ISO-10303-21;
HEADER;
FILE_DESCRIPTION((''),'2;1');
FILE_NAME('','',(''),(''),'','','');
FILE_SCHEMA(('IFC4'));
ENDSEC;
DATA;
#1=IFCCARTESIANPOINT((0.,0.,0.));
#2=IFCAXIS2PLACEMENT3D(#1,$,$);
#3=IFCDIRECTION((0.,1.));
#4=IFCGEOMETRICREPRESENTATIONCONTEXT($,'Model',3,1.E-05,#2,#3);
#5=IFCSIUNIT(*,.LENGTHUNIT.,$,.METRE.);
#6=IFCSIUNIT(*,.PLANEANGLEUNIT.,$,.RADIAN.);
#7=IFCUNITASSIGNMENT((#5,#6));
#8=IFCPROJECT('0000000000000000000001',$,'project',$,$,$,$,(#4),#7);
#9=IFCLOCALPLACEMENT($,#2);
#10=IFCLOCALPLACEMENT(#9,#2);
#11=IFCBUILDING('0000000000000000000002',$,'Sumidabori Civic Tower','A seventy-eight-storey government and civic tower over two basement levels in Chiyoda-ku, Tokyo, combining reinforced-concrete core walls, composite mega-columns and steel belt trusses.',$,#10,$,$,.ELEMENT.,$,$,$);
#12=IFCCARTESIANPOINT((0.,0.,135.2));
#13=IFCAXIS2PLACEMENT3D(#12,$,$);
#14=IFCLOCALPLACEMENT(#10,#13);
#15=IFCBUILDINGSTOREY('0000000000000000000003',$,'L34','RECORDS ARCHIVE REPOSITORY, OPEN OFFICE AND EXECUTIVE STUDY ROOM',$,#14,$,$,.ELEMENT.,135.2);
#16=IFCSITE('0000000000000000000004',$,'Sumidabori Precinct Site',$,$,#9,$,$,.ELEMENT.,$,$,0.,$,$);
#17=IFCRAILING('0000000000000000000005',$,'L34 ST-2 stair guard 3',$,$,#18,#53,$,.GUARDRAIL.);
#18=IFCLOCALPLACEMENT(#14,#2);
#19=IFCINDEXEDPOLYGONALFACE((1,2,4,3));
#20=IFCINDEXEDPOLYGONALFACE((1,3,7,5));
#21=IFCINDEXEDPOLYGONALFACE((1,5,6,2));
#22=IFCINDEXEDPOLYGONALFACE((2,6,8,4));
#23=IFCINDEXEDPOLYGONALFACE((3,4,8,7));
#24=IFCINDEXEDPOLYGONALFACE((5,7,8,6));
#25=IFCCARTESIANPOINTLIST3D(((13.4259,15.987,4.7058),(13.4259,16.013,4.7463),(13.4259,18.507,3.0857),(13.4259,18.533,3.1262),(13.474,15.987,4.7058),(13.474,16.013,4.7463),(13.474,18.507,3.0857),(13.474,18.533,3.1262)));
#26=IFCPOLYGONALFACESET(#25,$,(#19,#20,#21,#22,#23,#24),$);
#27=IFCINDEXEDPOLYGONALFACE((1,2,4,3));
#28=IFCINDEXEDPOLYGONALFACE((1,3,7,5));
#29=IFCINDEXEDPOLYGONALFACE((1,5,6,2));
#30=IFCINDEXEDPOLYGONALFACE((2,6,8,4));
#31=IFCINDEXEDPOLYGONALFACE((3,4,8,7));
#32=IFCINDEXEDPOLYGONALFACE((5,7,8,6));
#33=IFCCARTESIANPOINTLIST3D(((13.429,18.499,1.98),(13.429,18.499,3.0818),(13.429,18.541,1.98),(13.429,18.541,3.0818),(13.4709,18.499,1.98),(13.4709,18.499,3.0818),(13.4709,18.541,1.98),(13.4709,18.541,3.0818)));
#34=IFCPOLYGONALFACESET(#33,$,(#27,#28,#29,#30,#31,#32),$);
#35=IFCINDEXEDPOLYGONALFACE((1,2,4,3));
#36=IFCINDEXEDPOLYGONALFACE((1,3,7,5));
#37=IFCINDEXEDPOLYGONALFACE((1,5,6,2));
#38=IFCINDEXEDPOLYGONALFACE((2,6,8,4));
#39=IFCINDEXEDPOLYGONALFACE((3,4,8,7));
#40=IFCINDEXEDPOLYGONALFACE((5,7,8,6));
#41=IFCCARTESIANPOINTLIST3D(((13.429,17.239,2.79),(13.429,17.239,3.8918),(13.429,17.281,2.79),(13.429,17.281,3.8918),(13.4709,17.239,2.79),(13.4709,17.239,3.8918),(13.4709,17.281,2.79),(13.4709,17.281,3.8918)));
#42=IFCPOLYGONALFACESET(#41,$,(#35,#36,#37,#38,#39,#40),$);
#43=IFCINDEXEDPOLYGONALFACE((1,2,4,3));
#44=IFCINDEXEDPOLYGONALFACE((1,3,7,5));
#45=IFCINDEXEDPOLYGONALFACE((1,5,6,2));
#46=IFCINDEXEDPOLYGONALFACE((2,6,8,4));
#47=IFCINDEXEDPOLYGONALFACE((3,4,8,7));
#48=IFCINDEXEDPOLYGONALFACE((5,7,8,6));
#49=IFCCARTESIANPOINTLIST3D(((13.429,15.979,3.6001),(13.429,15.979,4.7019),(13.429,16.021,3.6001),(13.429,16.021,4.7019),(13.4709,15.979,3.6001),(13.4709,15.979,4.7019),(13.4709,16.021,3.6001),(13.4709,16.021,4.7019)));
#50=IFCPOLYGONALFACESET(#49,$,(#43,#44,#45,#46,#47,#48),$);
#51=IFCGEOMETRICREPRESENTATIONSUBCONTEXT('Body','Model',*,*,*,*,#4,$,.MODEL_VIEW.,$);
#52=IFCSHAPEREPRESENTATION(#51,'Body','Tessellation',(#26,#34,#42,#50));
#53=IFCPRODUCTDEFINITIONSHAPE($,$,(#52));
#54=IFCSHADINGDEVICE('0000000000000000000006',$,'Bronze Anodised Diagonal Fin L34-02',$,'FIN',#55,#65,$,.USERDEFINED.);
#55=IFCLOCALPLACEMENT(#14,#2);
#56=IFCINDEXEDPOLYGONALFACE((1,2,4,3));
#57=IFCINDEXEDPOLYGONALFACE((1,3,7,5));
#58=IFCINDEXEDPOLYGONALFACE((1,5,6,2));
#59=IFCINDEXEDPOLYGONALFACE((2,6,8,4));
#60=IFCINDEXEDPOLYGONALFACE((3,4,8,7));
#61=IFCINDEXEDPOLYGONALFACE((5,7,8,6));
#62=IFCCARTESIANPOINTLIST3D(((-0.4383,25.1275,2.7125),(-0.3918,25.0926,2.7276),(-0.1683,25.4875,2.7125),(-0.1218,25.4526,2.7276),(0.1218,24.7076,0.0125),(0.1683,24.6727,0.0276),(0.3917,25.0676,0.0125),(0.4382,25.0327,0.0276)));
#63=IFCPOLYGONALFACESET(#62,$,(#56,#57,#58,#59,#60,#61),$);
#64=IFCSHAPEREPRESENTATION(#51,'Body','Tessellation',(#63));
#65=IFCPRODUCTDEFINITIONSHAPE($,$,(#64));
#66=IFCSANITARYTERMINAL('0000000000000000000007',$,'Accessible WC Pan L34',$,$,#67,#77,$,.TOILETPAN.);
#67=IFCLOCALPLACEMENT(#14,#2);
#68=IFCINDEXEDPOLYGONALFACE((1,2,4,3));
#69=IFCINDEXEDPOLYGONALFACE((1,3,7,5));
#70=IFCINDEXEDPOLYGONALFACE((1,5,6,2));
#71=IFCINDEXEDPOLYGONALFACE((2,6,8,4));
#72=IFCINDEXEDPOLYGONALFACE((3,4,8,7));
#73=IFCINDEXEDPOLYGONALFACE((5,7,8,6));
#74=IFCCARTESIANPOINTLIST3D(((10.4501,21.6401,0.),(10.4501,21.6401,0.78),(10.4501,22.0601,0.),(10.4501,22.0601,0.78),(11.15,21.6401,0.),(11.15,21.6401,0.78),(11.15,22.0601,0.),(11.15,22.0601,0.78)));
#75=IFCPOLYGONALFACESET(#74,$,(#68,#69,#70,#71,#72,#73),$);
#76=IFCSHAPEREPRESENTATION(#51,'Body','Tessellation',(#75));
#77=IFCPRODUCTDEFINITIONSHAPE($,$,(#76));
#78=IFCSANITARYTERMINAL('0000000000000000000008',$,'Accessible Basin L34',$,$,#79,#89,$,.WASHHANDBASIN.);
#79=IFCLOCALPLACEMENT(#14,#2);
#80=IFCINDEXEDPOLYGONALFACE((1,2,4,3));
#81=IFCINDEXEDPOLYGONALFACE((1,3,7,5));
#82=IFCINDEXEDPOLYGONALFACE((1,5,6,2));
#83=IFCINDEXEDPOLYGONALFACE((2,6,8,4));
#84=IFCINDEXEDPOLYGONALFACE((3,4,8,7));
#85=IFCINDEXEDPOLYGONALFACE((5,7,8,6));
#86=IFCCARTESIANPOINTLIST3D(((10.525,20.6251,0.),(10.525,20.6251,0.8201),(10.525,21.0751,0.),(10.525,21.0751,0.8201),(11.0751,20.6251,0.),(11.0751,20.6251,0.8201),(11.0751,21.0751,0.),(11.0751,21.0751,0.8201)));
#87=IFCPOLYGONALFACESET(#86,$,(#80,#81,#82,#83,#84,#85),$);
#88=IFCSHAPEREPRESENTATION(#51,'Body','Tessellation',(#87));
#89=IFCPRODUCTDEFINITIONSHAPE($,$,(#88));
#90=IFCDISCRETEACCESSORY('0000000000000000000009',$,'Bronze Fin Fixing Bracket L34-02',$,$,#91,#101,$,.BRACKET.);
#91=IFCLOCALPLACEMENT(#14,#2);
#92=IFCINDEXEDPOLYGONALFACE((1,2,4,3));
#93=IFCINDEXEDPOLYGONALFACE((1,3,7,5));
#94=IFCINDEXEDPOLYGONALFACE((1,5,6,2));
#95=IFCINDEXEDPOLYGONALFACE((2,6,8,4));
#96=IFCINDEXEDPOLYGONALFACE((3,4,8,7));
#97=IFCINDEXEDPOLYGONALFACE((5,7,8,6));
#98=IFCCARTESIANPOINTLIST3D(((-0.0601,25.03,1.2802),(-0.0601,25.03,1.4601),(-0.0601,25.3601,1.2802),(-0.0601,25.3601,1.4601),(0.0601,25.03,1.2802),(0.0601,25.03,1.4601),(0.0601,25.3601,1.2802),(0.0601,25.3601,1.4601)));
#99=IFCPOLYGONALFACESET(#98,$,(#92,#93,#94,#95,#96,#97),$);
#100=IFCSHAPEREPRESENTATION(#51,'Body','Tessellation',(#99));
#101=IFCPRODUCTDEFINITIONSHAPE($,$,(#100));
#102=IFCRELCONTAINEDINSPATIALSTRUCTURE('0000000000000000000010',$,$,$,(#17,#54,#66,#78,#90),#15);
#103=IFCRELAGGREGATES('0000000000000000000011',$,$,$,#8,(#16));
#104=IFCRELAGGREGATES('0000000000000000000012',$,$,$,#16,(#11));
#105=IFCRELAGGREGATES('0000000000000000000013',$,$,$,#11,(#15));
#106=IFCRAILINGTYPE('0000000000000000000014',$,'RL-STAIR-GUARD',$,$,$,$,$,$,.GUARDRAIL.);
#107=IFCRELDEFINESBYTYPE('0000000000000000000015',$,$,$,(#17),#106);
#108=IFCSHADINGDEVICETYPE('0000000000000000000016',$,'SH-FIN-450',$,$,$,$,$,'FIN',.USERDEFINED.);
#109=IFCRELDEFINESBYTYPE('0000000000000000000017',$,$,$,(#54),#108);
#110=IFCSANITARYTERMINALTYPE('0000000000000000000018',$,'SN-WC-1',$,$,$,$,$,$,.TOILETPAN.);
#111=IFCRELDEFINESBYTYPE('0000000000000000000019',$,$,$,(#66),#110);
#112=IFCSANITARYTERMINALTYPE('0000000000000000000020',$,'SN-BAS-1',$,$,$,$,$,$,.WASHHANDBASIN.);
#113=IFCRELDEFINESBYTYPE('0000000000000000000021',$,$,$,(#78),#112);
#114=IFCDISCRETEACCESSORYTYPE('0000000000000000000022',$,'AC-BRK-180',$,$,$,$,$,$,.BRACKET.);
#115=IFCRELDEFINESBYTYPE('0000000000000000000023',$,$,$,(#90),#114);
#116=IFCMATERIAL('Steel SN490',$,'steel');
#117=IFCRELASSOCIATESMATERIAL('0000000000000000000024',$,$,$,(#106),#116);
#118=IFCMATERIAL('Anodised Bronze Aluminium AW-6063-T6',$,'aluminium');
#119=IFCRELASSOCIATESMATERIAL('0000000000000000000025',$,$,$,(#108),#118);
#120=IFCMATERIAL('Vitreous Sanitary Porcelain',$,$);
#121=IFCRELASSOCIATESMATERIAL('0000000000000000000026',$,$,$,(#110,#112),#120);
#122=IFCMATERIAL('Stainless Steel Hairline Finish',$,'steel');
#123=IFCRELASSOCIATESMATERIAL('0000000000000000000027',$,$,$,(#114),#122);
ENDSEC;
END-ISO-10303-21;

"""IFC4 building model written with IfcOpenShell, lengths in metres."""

from ifc_helpers import new_model, si_unit, direction, frame, origin, origin_2d, place, context, subcontext, project, spatial, rectangle, extrude, source, transform, mapped, material, material_profile, profile_set, type_object, element, save


model = new_model("IFC4")

# Units and contexts
model_context = context("Model", 3, precision=1e-05, world=origin(), true_north=direction((0.0, 1.0)))
body_context = subcontext(model_context, "Body", "Model", "MODEL_VIEW")
ifc_project = project(units=[si_unit("LENGTHUNIT", "METRE"), si_unit("PLANEANGLEUNIT", "RADIAN")], contexts=[model_context])

# Site, building, storey
site_placement = place(None, origin())
site = spatial("IfcSite", under=ifc_project, at=site_placement, Name="Sumidabori Precinct Site", CompositionType="ELEMENT", RefElevation=0.0)
building_placement = place(site_placement, origin())
building = spatial("IfcBuilding", under=site, at=building_placement, Name="Sumidabori Civic Tower", Description="A seventy-eight-storey government and civic tower over two basement levels in Chiyoda-ku, Tokyo, combining reinforced-concrete core walls, composite mega-columns and steel belt trusses.", CompositionType="ELEMENT")
storey_placement = place(building_placement, frame((0.0, 0.0, 135.2)))
storey = spatial("IfcBuildingStorey", under=building, at=storey_placement, Name="L34", Description="RECORDS ARCHIVE REPOSITORY, OPEN OFFICE AND EXECUTIVE STUDY ROOM", CompositionType="ELEMENT", Elevation=135.2)

# Shared definitions
ifc_material_1 = material(Name="Steel SN490", Category="steel")

# Shared definitions
ifc_material_2 = material(Name="Anodised Bronze Aluminium AW-6063-T6", Category="aluminium")

# Railing
ifc_material_3 = material(Name="Stainless Steel Hairline Finish", Category="steel")
railing_type_1 = type_object("IfcRailingType", Name="RL-STAIR-GUARD", PredefinedType="GUARDRAIL", material=ifc_material_1)
railing_1_placement = place(storey_placement, frame((13.45, 18.52, 1.98)))
element("IfcRailing", 1, at=railing_1_placement, inside=storey, type_object=railing_type_1, Name="L34 ST-2 stair guard 3", PredefinedType="GUARDRAIL", context=body_context, shape_type="SweptSolid", body=[
    extrude(rectangle(XDim=0.0481, YDim=0.0481, at=origin_2d()), frame((0.0, 0.0, 1.126), z_axis=(0.0, -0.841163, 0.540782), x_axis=(1.0, 0.0, 0.0)), (0.0, 0.0, 1.0), 2.9958),
    extrude(rectangle(XDim=0.042, YDim=0.042, at=origin_2d()), origin(), (0.0, 0.0, 1.0), 1.1018),
    extrude(rectangle(XDim=0.042, YDim=0.042, at=origin_2d()), frame((0.0, -1.26, 0.8101)), (0.0, 0.0, 1.0), 1.1018),
    extrude(rectangle(XDim=0.042, YDim=0.042, at=origin_2d()), frame((0.0, -2.52, 1.6201)), (0.0, 0.0, 1.0), 1.1018),
])

# Shading device
ifc_material_profile_1 = material_profile(ifc_material_2, rectangle(XDim=0.0601, YDim=0.45, at=origin_2d()), Name="BRONZE FIN 450x60")
ifc_profile_set_1 = profile_set([ifc_material_profile_1], Name="Anodised Bronze Aluminium AW-6063-T6")
shading_device_type = type_object("IfcShadingDeviceType", Name="SH-FIN-450", ElementType="FIN", PredefinedType="USERDEFINED", material=ifc_profile_set_1)
shared_shape_1 = source(origin(), body_context, "Body", "SweptSolid", [
    extrude(rectangle(XDim=0.0601, YDim=0.45, at=origin_2d()), origin(), (0.0, 0.0, 1.0), 2.7893),
])
shading_device_placement = place(storey_placement, frame((0.28, 24.8701, 0.02), z_axis=(-0.200794, 0.150552, 0.967996), x_axis=(0.774478, -0.580689, 0.250966)))
element("IfcShadingDevice", 2, at=shading_device_placement, inside=storey, type_object=shading_device_type, Name="Bronze Anodised Diagonal Fin L34-02", ObjectType="FIN", PredefinedType="USERDEFINED", context=body_context, shape_type="MappedRepresentation", body=[
    mapped(shared_shape_1, transform((0.0, 0.0, 0.0), x_axis=(1.0, 0.0, 0.0), y_axis=(0.0, 1.0, 0.0), z_axis=(0.0, 0.0, 1.0), scale=1.0)),
])

# Sanitary terminals
ifc_material_4 = material(Name="Vitreous Sanitary Porcelain")
sanitary_terminal_type_1 = type_object("IfcSanitaryTerminalType", Name="SN-WC-1", PredefinedType="TOILETPAN", material=ifc_material_4)
shared_shape_2 = source(origin(), body_context, "Body", "SweptSolid", [
    extrude(rectangle(XDim=0.7, YDim=0.4199, at=origin_2d()), origin(), (0.0, 0.0, 1.0), 0.78),
])
sanitary_terminal_1_placement = place(storey_placement, frame((10.8, 21.8501, 0.0), z_axis=(0.0, 0.0, 1.0), x_axis=(1.0, 0.0, 0.0)))
element("IfcSanitaryTerminal", 3, at=sanitary_terminal_1_placement, inside=storey, type_object=sanitary_terminal_type_1, Name="Accessible WC Pan L34", PredefinedType="TOILETPAN", context=body_context, shape_type="MappedRepresentation", body=[
    mapped(shared_shape_2, transform((0.0, 0.0, 0.0), x_axis=(1.0, 0.0, 0.0), y_axis=(0.0, 1.0, 0.0), z_axis=(0.0, 0.0, 1.0), scale=1.0)),
])
sanitary_terminal_type_2 = type_object("IfcSanitaryTerminalType", Name="SN-BAS-1", PredefinedType="WASHHANDBASIN", material=ifc_material_4)
shared_shape_3 = source(origin(), body_context, "Body", "SweptSolid", [
    extrude(rectangle(XDim=0.55, YDim=0.45, at=origin_2d()), origin(), (0.0, 0.0, 1.0), 0.8201),
])
sanitary_terminal_2_placement = place(storey_placement, frame((10.8, 20.8501, 0.0), z_axis=(0.0, 0.0, 1.0), x_axis=(1.0, 0.0, 0.0)))
element("IfcSanitaryTerminal", 4, at=sanitary_terminal_2_placement, inside=storey, type_object=sanitary_terminal_type_2, Name="Accessible Basin L34", PredefinedType="WASHHANDBASIN", context=body_context, shape_type="MappedRepresentation", body=[
    mapped(shared_shape_3, transform((0.0, 0.0, 0.0), x_axis=(1.0, 0.0, 0.0), y_axis=(0.0, 1.0, 0.0), z_axis=(0.0, 0.0, 1.0), scale=1.0)),
])

# Discrete accessory
ifc_material_profile_2 = material_profile(ifc_material_3, rectangle(XDim=0.1201, YDim=0.1799, at=origin_2d()), Name="STEEL BRACKET 180x120")
ifc_profile_set_2 = profile_set([ifc_material_profile_2], Name="Stainless Steel Hairline Finish")
discrete_accessory_type = type_object("IfcDiscreteAccessoryType", Name="AC-BRK-180", PredefinedType="BRACKET", material=ifc_profile_set_2)
shared_shape_4 = source(origin(), body_context, "Body", "SweptSolid", [
    extrude(rectangle(XDim=0.1201, YDim=0.1799, at=origin_2d()), origin(), (0.0, 0.0, 1.0), 0.3301),
])
discrete_accessory_placement = place(storey_placement, frame((0.0, 25.03, 1.3701), z_axis=(0.0, 1.0, 0.0), x_axis=(-1.0, 0.0, 0.0)))
element("IfcDiscreteAccessory", 5, at=discrete_accessory_placement, inside=storey, type_object=discrete_accessory_type, Name="Bronze Fin Fixing Bracket L34-02", PredefinedType="BRACKET", context=body_context, shape_type="MappedRepresentation", body=[
    mapped(shared_shape_4, transform((0.0, 0.0, 0.0), x_axis=(1.0, 0.0, 0.0), y_axis=(0.0, 1.0, 0.0), z_axis=(0.0, 0.0, 1.0), scale=1.0)),
])

save(model, "model.ifc")
